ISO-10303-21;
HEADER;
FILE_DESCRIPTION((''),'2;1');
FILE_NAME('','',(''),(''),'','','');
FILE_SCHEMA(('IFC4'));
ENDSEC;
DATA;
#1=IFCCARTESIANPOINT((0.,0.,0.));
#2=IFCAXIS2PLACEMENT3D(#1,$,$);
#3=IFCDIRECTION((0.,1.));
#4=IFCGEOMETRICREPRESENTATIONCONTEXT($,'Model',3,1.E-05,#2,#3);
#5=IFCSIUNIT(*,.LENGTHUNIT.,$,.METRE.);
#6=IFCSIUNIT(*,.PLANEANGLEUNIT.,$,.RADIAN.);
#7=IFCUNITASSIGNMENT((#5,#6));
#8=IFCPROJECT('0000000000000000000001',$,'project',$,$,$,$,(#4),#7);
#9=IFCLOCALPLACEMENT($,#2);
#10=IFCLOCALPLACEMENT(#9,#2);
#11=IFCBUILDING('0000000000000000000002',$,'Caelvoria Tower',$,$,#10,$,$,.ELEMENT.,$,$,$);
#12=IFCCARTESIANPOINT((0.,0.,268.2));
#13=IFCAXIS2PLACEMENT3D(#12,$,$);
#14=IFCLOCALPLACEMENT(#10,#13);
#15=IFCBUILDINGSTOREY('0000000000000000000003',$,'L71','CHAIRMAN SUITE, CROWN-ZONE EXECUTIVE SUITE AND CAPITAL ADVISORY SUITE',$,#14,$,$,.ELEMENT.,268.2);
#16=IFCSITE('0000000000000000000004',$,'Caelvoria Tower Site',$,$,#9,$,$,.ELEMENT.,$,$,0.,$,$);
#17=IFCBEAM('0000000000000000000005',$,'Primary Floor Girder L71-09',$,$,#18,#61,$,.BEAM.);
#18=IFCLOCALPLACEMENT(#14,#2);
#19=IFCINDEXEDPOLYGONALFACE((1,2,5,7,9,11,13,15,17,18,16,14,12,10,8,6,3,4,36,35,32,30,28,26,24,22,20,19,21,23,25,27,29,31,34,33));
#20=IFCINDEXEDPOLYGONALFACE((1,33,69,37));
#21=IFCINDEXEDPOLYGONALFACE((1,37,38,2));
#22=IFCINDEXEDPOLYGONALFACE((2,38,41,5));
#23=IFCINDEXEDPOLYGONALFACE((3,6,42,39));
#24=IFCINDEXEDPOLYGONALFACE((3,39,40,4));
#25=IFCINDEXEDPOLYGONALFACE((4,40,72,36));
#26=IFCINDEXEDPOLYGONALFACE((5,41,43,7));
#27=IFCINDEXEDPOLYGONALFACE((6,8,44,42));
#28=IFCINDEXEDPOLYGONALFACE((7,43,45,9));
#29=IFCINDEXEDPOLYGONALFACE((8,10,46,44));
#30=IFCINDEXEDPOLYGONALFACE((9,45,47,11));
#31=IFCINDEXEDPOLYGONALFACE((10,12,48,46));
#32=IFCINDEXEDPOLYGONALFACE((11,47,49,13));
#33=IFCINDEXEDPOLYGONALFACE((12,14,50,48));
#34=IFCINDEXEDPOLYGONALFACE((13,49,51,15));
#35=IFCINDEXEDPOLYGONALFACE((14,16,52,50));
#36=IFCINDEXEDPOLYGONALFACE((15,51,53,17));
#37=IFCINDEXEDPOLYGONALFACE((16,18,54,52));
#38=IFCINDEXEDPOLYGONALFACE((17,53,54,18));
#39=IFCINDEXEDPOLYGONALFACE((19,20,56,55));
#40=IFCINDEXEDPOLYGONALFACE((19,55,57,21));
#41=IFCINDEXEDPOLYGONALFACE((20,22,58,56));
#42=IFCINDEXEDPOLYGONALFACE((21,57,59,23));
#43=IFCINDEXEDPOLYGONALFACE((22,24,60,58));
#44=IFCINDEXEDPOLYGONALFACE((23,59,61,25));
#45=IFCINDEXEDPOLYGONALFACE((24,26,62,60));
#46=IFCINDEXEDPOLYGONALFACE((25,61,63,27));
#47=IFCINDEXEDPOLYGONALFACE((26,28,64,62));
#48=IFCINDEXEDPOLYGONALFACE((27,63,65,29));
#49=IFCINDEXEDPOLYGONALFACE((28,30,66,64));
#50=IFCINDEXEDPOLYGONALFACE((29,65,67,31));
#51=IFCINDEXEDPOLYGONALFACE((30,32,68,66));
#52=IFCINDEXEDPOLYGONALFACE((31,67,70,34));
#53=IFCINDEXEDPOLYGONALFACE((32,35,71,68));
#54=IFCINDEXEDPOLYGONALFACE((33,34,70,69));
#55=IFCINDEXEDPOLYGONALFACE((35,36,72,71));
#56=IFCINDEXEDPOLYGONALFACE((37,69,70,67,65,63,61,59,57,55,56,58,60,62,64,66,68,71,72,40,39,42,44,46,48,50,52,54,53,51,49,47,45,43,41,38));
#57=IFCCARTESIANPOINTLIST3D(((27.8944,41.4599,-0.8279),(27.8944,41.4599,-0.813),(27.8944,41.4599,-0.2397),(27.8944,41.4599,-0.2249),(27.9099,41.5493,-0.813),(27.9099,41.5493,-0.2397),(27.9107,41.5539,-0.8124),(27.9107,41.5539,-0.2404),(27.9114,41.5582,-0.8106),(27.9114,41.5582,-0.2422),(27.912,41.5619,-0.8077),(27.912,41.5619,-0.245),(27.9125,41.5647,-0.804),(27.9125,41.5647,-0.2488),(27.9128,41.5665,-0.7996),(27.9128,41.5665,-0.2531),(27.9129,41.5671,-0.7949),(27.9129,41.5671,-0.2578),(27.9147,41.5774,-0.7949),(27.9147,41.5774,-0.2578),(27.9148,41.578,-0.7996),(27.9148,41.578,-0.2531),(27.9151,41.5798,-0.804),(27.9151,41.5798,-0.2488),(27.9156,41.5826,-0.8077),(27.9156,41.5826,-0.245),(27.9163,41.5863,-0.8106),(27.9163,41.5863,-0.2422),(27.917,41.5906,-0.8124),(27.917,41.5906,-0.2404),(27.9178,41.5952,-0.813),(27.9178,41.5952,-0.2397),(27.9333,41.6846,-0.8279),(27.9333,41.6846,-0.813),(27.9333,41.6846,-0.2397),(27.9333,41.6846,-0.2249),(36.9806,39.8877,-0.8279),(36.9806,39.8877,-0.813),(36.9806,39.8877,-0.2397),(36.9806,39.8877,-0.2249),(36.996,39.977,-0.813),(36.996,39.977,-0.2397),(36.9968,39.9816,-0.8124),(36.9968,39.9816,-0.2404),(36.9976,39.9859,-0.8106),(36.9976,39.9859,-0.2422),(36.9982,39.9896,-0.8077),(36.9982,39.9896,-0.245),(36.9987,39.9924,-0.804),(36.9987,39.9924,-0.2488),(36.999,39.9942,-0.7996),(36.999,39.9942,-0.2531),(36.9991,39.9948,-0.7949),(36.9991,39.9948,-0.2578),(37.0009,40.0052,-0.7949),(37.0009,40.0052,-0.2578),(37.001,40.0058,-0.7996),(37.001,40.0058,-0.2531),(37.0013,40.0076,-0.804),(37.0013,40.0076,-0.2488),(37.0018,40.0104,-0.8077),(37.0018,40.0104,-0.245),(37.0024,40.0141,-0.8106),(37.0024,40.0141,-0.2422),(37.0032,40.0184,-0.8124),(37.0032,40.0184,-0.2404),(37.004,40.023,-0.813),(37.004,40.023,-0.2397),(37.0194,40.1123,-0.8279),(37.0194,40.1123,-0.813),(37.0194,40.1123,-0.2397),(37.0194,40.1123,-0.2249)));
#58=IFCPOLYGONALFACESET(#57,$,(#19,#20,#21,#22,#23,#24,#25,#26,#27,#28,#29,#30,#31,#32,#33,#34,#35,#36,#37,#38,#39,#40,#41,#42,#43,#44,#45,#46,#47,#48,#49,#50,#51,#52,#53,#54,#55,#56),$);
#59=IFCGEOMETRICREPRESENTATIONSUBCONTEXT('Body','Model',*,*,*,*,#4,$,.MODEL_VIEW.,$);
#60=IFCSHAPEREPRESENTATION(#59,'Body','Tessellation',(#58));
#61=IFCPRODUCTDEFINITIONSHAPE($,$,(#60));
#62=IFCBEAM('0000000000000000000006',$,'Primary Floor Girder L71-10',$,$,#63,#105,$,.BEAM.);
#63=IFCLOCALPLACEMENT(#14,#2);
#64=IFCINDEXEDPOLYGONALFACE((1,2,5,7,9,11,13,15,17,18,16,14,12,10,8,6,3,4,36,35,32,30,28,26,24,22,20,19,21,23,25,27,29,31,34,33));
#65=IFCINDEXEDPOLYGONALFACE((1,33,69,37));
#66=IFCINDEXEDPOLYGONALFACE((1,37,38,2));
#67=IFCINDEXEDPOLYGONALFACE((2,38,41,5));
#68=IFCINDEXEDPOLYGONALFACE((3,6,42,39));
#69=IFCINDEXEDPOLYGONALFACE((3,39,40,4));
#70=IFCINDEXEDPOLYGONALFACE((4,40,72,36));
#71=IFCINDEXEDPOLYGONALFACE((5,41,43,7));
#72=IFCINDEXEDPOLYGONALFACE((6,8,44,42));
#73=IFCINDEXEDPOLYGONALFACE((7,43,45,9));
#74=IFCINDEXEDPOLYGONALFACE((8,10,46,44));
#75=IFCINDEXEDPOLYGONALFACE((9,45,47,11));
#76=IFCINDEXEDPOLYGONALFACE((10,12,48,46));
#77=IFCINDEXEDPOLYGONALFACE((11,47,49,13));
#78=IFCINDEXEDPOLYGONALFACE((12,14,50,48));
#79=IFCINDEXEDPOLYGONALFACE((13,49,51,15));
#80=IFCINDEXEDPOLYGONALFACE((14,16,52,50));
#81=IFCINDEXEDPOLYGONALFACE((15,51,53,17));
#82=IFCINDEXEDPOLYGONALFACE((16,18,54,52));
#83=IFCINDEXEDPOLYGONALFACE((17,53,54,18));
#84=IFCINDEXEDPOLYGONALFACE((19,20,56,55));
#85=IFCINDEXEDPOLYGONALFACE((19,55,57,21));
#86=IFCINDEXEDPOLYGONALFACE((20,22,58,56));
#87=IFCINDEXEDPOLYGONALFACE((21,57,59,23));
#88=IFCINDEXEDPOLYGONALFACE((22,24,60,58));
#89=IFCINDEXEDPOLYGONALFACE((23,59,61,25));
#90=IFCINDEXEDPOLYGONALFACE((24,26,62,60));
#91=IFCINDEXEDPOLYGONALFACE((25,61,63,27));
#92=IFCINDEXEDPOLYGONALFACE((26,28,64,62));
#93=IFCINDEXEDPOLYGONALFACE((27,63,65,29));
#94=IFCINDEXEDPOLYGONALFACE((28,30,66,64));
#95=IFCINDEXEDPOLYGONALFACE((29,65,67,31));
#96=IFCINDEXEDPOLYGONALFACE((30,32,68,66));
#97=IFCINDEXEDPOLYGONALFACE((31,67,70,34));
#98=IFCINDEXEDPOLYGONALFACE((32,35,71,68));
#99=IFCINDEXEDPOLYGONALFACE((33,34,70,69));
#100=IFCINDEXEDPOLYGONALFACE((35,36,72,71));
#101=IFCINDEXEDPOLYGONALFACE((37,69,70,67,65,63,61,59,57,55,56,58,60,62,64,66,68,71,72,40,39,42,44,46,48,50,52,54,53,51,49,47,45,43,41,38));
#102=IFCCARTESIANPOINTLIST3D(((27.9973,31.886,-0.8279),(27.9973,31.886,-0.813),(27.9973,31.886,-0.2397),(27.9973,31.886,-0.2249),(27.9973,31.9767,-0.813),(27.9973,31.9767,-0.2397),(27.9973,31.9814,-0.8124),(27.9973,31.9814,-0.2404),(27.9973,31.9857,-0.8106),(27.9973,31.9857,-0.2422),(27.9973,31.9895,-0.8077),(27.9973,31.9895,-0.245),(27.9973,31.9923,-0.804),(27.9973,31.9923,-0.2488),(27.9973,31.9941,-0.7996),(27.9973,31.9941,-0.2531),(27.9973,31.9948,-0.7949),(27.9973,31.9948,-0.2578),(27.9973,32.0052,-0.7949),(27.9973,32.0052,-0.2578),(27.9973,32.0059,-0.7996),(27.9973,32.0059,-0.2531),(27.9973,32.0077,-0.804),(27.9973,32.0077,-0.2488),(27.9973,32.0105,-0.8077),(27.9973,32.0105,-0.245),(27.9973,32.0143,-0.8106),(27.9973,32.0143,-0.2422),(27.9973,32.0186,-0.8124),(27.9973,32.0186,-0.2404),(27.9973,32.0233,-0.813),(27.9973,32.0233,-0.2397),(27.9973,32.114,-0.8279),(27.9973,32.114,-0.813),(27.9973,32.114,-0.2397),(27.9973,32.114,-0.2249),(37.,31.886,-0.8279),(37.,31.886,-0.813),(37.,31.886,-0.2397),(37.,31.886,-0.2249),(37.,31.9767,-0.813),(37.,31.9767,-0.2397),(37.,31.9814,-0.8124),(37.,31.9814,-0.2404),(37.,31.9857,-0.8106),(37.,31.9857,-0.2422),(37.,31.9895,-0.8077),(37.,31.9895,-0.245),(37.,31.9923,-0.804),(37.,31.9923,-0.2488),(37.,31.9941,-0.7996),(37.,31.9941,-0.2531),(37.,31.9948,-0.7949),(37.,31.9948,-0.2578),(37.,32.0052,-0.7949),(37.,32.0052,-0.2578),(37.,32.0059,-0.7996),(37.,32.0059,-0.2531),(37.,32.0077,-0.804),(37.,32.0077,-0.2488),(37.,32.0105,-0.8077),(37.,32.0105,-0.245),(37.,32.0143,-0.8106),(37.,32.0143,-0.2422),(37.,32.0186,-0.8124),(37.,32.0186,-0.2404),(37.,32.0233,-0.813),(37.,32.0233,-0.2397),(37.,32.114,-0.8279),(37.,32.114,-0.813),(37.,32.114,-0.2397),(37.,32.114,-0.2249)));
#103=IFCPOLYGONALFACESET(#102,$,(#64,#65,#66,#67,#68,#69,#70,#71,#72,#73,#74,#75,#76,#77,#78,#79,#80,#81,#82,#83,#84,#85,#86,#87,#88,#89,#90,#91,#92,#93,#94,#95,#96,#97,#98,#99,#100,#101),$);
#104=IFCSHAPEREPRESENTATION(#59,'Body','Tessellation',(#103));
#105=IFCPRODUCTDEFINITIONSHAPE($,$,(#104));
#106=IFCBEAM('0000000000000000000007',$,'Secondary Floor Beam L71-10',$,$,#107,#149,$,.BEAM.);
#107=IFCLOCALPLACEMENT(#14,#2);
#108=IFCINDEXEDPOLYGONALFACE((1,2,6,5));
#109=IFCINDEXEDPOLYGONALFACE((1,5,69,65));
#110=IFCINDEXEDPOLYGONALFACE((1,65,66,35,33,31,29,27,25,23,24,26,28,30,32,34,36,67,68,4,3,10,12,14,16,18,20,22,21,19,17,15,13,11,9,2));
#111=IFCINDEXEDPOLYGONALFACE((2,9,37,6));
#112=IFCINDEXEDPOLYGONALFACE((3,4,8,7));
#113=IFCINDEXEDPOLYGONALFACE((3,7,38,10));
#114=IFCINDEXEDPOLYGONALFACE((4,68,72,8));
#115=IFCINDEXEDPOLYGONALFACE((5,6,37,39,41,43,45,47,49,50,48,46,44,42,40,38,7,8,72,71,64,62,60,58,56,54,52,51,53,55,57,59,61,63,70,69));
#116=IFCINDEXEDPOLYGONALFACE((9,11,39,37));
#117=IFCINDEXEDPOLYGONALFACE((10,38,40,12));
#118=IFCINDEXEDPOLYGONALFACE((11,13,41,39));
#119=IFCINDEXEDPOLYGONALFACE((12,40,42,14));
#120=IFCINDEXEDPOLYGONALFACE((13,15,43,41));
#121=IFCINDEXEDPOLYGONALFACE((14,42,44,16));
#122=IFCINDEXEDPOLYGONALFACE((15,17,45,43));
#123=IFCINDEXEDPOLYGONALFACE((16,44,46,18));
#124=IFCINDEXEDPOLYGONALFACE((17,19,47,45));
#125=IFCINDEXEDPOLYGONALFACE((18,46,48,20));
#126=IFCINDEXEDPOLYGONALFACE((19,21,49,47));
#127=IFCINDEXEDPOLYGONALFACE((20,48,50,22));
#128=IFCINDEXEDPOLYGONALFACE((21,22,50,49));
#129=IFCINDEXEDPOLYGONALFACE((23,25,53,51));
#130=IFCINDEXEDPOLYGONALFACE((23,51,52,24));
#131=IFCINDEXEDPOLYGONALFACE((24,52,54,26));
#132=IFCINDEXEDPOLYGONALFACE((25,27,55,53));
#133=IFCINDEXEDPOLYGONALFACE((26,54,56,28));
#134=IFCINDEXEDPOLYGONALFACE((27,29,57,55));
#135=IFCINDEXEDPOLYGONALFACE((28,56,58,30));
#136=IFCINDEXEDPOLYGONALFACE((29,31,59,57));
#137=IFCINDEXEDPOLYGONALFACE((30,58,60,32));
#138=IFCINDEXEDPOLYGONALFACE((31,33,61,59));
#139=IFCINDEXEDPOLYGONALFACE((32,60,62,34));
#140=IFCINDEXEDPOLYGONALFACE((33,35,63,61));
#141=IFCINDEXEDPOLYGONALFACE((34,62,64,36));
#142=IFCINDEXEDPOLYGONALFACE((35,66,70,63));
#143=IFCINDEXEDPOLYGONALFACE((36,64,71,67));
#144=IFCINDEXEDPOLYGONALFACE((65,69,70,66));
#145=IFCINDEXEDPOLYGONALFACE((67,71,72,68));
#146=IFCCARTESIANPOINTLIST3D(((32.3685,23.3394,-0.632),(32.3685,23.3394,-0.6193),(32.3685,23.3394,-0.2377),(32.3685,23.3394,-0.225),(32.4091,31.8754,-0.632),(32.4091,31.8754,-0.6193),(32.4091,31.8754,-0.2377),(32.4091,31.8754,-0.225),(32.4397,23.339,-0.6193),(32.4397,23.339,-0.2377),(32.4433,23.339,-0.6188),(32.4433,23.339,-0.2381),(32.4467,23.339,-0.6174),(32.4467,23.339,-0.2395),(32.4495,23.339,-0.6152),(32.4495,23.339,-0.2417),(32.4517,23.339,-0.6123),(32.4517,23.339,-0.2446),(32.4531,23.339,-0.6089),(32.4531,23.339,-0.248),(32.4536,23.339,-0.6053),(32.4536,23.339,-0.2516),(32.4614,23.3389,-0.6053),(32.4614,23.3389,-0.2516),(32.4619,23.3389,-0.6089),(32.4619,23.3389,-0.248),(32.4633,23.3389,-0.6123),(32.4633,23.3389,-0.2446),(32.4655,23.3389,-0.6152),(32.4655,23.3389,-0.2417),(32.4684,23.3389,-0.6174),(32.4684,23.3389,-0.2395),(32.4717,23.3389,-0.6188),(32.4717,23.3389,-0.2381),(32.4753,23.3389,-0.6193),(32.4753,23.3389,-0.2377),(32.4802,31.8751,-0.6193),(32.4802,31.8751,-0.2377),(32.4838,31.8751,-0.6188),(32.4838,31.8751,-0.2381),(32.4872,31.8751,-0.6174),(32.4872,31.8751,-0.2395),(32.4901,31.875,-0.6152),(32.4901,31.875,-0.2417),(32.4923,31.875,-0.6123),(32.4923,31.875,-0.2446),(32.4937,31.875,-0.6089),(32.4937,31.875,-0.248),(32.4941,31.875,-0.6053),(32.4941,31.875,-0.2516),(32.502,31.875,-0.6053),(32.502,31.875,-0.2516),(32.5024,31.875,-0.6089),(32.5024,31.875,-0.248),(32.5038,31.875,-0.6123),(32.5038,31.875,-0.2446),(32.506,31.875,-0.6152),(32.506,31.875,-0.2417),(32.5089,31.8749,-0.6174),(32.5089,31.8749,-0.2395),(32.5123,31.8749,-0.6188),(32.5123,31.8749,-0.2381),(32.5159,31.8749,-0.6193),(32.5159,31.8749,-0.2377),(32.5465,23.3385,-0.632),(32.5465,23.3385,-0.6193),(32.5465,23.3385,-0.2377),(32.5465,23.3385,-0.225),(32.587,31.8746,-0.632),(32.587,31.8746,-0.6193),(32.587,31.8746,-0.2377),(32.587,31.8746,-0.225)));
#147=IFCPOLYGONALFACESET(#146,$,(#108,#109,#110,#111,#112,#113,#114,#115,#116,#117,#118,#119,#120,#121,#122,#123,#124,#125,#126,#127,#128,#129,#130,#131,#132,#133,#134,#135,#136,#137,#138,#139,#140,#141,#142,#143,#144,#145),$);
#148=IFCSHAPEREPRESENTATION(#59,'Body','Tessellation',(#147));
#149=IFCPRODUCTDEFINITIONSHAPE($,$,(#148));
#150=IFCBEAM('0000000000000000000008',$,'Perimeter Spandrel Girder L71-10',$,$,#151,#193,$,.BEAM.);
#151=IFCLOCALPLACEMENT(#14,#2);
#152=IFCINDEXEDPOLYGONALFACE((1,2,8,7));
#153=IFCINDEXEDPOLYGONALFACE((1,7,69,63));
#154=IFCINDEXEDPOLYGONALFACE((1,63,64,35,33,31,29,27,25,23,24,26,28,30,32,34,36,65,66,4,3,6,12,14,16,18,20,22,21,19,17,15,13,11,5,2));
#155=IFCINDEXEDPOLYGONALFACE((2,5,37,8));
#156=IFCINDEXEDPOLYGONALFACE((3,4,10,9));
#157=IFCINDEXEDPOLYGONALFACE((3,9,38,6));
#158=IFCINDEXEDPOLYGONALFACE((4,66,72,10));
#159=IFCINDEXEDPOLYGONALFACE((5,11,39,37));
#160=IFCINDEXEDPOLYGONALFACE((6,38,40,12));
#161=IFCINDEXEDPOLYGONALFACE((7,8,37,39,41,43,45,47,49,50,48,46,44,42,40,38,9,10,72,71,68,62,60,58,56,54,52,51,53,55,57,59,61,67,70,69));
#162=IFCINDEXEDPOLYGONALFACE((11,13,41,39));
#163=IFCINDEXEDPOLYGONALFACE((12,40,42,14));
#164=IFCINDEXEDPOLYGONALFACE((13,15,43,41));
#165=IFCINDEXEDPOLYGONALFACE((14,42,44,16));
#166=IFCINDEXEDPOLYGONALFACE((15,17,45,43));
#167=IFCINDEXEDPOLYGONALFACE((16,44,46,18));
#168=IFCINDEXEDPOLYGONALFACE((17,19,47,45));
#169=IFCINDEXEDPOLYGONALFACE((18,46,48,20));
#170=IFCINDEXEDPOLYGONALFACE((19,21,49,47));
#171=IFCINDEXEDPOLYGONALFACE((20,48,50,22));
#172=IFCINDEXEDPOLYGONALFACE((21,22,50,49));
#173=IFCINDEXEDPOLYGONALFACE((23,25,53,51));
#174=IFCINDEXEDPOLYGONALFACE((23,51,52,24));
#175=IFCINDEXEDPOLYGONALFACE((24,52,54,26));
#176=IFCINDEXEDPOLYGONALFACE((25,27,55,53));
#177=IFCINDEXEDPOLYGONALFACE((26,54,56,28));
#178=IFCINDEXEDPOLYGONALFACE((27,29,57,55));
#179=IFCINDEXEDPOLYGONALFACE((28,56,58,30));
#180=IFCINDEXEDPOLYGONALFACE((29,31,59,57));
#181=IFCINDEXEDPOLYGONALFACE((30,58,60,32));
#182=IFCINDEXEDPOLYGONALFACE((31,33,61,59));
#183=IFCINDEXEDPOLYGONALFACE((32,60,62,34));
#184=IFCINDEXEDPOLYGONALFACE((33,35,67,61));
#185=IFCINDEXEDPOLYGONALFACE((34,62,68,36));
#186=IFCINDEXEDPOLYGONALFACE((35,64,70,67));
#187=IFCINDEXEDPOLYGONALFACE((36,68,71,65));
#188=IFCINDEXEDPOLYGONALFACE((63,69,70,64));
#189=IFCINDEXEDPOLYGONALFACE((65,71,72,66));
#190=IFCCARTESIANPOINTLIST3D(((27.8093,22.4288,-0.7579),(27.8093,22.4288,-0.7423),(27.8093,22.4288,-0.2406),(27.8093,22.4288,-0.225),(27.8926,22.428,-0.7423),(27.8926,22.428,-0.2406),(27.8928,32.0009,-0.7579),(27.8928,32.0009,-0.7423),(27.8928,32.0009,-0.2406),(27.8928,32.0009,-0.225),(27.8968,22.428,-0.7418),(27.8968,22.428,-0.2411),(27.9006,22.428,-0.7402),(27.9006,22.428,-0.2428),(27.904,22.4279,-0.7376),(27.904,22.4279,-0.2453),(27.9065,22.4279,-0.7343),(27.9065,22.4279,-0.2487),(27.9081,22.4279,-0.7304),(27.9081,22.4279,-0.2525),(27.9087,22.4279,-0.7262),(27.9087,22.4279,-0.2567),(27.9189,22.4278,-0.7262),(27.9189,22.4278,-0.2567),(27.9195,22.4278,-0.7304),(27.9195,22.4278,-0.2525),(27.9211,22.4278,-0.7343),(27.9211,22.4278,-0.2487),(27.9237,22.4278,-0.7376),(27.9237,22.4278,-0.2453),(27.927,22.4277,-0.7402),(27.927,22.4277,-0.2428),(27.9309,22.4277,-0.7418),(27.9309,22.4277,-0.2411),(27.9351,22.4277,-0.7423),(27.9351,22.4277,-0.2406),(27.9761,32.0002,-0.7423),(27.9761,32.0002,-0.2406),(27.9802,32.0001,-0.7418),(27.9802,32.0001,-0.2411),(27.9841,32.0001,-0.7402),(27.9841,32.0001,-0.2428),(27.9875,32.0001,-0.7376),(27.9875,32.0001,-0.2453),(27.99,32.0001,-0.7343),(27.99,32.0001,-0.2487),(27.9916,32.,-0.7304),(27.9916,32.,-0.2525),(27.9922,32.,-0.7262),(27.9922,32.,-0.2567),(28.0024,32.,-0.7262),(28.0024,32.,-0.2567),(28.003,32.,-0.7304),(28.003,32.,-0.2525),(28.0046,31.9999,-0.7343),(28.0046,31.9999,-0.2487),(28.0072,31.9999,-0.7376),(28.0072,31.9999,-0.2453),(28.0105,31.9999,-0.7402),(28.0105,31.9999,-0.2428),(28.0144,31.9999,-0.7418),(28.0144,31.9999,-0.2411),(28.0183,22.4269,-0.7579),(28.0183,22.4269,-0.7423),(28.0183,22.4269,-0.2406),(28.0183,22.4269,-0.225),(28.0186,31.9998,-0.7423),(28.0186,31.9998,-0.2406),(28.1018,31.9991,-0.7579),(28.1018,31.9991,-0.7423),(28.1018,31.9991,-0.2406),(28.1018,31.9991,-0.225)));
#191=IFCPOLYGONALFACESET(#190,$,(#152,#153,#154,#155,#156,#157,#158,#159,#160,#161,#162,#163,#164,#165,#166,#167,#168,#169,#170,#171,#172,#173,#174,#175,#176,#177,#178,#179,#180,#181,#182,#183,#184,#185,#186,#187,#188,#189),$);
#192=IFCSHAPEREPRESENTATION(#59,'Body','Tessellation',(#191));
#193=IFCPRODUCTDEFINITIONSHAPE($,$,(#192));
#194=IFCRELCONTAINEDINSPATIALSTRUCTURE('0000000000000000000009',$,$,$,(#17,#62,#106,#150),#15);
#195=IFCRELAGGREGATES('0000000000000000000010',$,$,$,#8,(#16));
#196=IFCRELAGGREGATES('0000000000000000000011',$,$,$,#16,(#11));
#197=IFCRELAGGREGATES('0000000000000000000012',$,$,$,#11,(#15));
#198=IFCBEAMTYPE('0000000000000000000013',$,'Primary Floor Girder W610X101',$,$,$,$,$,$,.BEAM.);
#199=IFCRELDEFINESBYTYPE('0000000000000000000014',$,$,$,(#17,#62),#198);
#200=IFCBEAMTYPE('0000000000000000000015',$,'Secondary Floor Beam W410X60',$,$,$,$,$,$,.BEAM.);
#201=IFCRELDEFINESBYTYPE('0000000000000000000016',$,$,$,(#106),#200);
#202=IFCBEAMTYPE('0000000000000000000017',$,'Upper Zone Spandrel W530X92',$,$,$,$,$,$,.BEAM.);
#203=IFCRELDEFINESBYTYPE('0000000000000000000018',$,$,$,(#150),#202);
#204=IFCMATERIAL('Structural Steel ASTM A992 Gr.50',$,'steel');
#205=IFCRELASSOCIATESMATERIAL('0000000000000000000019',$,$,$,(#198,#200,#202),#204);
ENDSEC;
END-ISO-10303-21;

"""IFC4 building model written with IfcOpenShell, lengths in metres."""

from ifc_helpers import new_model, si_unit, direction, frame, origin, origin_2d, place, context, subcontext, project, spatial, i_section, extrude, material, material_profile, profile_set, type_object, element, save


model = new_model("IFC4")

# Units and contexts
model_context = context("Model", 3, precision=1e-05, world=origin(), true_north=direction((0.0, 1.0)))
body_context = subcontext(model_context, "Body", "Model", "MODEL_VIEW")
ifc_project = project(units=[si_unit("LENGTHUNIT", "METRE"), si_unit("PLANEANGLEUNIT", "RADIAN")], contexts=[model_context])

# Site, building, storey
site_placement = place(None, origin())
site = spatial("IfcSite", under=ifc_project, at=site_placement, Name="Caelvoria Tower Site", CompositionType="ELEMENT", RefElevation=0.0)
building_placement = place(site_placement, origin())
building = spatial("IfcBuilding", under=site, at=building_placement, Name="Caelvoria Tower", CompositionType="ELEMENT")
storey_placement = place(building_placement, frame((0.0, 0.0, 268.2)))
storey = spatial("IfcBuildingStorey", under=building, at=storey_placement, Name="L71", Description="CHAIRMAN SUITE, CROWN-ZONE EXECUTIVE SUITE AND CAPITAL ADVISORY SUITE", CompositionType="ELEMENT", Elevation=268.2)

# Shared definitions
ifc_material_1 = material(Name="Structural Steel ASTM A992 Gr.50", Category="steel")

# Beams
ifc_material_profile_1 = material_profile(ifc_material_1, i_section(OverallWidth=0.228, OverallDepth=0.603, WebThickness=0.0105, FlangeThickness=0.0149, FilletRadius=0.0181, at=origin_2d()), Name="Structural Steel ASTM A992 Gr.50")
ifc_profile_set_1 = profile_set([ifc_material_profile_1], Name="W610X101 - Structural Steel ASTM A992 Gr.50")
beam_type_1 = type_object("IfcBeamType", Name="Primary Floor Girder W610X101", PredefinedType="BEAM", material=ifc_profile_set_1)
beam_1_placement = place(storey_placement, frame((37.0, 40.0, -0.5264), z_axis=(-0.985357, 0.170505, 0.0), x_axis=(-0.170505, -0.985357, 0.0)))
element("IfcBeam", 1, at=beam_1_placement, inside=storey, type_object=beam_type_1, Name="Primary Floor Girder L71-09", PredefinedType="BEAM", context=body_context, shape_type="SweptSolid", body=[
    extrude(i_section(OverallWidth=0.228, OverallDepth=0.603, WebThickness=0.0105, FlangeThickness=0.0149, FilletRadius=0.0181, at=origin_2d()), origin(), (0.0, 0.0, 1.0), 9.2212),
])
beam_2_placement = place(storey_placement, frame((37.0, 32.0, -0.5264), z_axis=(-1.0, 0.0, 0.0), x_axis=(0.0, -1.0, 0.0)))
element("IfcBeam", 2, at=beam_2_placement, inside=storey, type_object=beam_type_1, Name="Primary Floor Girder L71-10", PredefinedType="BEAM", context=body_context, shape_type="SweptSolid", body=[
    extrude(i_section(OverallWidth=0.228, OverallDepth=0.603, WebThickness=0.0105, FlangeThickness=0.0149, FilletRadius=0.0181, at=origin_2d()), origin(), (0.0, 0.0, 1.0), 9.0027),
])
ifc_material_profile_2 = material_profile(ifc_material_1, i_section(OverallWidth=0.178, OverallDepth=0.407, WebThickness=0.0078, FlangeThickness=0.0127, FilletRadius=0.0139, at=origin_2d()), Name="Structural Steel ASTM A992 Gr.50")
ifc_profile_set_2 = profile_set([ifc_material_profile_2], Name="W410X60 - Structural Steel ASTM A992 Gr.50")
beam_type_2 = type_object("IfcBeamType", Name="Secondary Floor Beam W410X60", PredefinedType="BEAM", material=ifc_profile_set_2)
beam_3_placement = place(storey_placement, frame((32.498, 31.875, -0.4285), z_axis=(-0.004748, -0.999989, 0.0), x_axis=(0.999989, -0.004748, 0.0)))
element("IfcBeam", 3, at=beam_3_placement, inside=storey, type_object=beam_type_2, Name="Secondary Floor Beam L71-10", PredefinedType="BEAM", context=body_context, shape_type="SweptSolid", body=[
    extrude(i_section(OverallWidth=0.178, OverallDepth=0.407, WebThickness=0.0078, FlangeThickness=0.0127, FilletRadius=0.0139, at=origin_2d()), origin(), (0.0, 0.0, 1.0), 8.5361),
])
ifc_material_profile_3 = material_profile(ifc_material_1, i_section(OverallWidth=0.209, OverallDepth=0.533, WebThickness=0.0103, FlangeThickness=0.0156, FilletRadius=0.0161, at=origin_2d()), Name="Structural Steel ASTM A992 Gr.50")
ifc_profile_set_3 = profile_set([ifc_material_profile_3], Name="W530X92 - Structural Steel ASTM A992 Gr.50")
beam_type_3 = type_object("IfcBeamType", Name="Upper Zone Spandrel W530X92", PredefinedType="BEAM", material=ifc_profile_set_3)
beam_4_placement = place(storey_placement, frame((27.9973, 32.0, -0.4915), z_axis=(-0.008722, -0.999962, 0.0), x_axis=(0.999962, -0.008722, 0.0)))
element("IfcBeam", 4, at=beam_4_placement, inside=storey, type_object=beam_type_3, Name="Perimeter Spandrel Girder L71-10", PredefinedType="BEAM", context=body_context, shape_type="SweptSolid", body=[
    extrude(i_section(OverallWidth=0.209, OverallDepth=0.533, WebThickness=0.0103, FlangeThickness=0.0156, FilletRadius=0.0161, at=origin_2d()), origin(), (0.0, 0.0, 1.0), 9.5725),
])

save(model, "model.ifc")
